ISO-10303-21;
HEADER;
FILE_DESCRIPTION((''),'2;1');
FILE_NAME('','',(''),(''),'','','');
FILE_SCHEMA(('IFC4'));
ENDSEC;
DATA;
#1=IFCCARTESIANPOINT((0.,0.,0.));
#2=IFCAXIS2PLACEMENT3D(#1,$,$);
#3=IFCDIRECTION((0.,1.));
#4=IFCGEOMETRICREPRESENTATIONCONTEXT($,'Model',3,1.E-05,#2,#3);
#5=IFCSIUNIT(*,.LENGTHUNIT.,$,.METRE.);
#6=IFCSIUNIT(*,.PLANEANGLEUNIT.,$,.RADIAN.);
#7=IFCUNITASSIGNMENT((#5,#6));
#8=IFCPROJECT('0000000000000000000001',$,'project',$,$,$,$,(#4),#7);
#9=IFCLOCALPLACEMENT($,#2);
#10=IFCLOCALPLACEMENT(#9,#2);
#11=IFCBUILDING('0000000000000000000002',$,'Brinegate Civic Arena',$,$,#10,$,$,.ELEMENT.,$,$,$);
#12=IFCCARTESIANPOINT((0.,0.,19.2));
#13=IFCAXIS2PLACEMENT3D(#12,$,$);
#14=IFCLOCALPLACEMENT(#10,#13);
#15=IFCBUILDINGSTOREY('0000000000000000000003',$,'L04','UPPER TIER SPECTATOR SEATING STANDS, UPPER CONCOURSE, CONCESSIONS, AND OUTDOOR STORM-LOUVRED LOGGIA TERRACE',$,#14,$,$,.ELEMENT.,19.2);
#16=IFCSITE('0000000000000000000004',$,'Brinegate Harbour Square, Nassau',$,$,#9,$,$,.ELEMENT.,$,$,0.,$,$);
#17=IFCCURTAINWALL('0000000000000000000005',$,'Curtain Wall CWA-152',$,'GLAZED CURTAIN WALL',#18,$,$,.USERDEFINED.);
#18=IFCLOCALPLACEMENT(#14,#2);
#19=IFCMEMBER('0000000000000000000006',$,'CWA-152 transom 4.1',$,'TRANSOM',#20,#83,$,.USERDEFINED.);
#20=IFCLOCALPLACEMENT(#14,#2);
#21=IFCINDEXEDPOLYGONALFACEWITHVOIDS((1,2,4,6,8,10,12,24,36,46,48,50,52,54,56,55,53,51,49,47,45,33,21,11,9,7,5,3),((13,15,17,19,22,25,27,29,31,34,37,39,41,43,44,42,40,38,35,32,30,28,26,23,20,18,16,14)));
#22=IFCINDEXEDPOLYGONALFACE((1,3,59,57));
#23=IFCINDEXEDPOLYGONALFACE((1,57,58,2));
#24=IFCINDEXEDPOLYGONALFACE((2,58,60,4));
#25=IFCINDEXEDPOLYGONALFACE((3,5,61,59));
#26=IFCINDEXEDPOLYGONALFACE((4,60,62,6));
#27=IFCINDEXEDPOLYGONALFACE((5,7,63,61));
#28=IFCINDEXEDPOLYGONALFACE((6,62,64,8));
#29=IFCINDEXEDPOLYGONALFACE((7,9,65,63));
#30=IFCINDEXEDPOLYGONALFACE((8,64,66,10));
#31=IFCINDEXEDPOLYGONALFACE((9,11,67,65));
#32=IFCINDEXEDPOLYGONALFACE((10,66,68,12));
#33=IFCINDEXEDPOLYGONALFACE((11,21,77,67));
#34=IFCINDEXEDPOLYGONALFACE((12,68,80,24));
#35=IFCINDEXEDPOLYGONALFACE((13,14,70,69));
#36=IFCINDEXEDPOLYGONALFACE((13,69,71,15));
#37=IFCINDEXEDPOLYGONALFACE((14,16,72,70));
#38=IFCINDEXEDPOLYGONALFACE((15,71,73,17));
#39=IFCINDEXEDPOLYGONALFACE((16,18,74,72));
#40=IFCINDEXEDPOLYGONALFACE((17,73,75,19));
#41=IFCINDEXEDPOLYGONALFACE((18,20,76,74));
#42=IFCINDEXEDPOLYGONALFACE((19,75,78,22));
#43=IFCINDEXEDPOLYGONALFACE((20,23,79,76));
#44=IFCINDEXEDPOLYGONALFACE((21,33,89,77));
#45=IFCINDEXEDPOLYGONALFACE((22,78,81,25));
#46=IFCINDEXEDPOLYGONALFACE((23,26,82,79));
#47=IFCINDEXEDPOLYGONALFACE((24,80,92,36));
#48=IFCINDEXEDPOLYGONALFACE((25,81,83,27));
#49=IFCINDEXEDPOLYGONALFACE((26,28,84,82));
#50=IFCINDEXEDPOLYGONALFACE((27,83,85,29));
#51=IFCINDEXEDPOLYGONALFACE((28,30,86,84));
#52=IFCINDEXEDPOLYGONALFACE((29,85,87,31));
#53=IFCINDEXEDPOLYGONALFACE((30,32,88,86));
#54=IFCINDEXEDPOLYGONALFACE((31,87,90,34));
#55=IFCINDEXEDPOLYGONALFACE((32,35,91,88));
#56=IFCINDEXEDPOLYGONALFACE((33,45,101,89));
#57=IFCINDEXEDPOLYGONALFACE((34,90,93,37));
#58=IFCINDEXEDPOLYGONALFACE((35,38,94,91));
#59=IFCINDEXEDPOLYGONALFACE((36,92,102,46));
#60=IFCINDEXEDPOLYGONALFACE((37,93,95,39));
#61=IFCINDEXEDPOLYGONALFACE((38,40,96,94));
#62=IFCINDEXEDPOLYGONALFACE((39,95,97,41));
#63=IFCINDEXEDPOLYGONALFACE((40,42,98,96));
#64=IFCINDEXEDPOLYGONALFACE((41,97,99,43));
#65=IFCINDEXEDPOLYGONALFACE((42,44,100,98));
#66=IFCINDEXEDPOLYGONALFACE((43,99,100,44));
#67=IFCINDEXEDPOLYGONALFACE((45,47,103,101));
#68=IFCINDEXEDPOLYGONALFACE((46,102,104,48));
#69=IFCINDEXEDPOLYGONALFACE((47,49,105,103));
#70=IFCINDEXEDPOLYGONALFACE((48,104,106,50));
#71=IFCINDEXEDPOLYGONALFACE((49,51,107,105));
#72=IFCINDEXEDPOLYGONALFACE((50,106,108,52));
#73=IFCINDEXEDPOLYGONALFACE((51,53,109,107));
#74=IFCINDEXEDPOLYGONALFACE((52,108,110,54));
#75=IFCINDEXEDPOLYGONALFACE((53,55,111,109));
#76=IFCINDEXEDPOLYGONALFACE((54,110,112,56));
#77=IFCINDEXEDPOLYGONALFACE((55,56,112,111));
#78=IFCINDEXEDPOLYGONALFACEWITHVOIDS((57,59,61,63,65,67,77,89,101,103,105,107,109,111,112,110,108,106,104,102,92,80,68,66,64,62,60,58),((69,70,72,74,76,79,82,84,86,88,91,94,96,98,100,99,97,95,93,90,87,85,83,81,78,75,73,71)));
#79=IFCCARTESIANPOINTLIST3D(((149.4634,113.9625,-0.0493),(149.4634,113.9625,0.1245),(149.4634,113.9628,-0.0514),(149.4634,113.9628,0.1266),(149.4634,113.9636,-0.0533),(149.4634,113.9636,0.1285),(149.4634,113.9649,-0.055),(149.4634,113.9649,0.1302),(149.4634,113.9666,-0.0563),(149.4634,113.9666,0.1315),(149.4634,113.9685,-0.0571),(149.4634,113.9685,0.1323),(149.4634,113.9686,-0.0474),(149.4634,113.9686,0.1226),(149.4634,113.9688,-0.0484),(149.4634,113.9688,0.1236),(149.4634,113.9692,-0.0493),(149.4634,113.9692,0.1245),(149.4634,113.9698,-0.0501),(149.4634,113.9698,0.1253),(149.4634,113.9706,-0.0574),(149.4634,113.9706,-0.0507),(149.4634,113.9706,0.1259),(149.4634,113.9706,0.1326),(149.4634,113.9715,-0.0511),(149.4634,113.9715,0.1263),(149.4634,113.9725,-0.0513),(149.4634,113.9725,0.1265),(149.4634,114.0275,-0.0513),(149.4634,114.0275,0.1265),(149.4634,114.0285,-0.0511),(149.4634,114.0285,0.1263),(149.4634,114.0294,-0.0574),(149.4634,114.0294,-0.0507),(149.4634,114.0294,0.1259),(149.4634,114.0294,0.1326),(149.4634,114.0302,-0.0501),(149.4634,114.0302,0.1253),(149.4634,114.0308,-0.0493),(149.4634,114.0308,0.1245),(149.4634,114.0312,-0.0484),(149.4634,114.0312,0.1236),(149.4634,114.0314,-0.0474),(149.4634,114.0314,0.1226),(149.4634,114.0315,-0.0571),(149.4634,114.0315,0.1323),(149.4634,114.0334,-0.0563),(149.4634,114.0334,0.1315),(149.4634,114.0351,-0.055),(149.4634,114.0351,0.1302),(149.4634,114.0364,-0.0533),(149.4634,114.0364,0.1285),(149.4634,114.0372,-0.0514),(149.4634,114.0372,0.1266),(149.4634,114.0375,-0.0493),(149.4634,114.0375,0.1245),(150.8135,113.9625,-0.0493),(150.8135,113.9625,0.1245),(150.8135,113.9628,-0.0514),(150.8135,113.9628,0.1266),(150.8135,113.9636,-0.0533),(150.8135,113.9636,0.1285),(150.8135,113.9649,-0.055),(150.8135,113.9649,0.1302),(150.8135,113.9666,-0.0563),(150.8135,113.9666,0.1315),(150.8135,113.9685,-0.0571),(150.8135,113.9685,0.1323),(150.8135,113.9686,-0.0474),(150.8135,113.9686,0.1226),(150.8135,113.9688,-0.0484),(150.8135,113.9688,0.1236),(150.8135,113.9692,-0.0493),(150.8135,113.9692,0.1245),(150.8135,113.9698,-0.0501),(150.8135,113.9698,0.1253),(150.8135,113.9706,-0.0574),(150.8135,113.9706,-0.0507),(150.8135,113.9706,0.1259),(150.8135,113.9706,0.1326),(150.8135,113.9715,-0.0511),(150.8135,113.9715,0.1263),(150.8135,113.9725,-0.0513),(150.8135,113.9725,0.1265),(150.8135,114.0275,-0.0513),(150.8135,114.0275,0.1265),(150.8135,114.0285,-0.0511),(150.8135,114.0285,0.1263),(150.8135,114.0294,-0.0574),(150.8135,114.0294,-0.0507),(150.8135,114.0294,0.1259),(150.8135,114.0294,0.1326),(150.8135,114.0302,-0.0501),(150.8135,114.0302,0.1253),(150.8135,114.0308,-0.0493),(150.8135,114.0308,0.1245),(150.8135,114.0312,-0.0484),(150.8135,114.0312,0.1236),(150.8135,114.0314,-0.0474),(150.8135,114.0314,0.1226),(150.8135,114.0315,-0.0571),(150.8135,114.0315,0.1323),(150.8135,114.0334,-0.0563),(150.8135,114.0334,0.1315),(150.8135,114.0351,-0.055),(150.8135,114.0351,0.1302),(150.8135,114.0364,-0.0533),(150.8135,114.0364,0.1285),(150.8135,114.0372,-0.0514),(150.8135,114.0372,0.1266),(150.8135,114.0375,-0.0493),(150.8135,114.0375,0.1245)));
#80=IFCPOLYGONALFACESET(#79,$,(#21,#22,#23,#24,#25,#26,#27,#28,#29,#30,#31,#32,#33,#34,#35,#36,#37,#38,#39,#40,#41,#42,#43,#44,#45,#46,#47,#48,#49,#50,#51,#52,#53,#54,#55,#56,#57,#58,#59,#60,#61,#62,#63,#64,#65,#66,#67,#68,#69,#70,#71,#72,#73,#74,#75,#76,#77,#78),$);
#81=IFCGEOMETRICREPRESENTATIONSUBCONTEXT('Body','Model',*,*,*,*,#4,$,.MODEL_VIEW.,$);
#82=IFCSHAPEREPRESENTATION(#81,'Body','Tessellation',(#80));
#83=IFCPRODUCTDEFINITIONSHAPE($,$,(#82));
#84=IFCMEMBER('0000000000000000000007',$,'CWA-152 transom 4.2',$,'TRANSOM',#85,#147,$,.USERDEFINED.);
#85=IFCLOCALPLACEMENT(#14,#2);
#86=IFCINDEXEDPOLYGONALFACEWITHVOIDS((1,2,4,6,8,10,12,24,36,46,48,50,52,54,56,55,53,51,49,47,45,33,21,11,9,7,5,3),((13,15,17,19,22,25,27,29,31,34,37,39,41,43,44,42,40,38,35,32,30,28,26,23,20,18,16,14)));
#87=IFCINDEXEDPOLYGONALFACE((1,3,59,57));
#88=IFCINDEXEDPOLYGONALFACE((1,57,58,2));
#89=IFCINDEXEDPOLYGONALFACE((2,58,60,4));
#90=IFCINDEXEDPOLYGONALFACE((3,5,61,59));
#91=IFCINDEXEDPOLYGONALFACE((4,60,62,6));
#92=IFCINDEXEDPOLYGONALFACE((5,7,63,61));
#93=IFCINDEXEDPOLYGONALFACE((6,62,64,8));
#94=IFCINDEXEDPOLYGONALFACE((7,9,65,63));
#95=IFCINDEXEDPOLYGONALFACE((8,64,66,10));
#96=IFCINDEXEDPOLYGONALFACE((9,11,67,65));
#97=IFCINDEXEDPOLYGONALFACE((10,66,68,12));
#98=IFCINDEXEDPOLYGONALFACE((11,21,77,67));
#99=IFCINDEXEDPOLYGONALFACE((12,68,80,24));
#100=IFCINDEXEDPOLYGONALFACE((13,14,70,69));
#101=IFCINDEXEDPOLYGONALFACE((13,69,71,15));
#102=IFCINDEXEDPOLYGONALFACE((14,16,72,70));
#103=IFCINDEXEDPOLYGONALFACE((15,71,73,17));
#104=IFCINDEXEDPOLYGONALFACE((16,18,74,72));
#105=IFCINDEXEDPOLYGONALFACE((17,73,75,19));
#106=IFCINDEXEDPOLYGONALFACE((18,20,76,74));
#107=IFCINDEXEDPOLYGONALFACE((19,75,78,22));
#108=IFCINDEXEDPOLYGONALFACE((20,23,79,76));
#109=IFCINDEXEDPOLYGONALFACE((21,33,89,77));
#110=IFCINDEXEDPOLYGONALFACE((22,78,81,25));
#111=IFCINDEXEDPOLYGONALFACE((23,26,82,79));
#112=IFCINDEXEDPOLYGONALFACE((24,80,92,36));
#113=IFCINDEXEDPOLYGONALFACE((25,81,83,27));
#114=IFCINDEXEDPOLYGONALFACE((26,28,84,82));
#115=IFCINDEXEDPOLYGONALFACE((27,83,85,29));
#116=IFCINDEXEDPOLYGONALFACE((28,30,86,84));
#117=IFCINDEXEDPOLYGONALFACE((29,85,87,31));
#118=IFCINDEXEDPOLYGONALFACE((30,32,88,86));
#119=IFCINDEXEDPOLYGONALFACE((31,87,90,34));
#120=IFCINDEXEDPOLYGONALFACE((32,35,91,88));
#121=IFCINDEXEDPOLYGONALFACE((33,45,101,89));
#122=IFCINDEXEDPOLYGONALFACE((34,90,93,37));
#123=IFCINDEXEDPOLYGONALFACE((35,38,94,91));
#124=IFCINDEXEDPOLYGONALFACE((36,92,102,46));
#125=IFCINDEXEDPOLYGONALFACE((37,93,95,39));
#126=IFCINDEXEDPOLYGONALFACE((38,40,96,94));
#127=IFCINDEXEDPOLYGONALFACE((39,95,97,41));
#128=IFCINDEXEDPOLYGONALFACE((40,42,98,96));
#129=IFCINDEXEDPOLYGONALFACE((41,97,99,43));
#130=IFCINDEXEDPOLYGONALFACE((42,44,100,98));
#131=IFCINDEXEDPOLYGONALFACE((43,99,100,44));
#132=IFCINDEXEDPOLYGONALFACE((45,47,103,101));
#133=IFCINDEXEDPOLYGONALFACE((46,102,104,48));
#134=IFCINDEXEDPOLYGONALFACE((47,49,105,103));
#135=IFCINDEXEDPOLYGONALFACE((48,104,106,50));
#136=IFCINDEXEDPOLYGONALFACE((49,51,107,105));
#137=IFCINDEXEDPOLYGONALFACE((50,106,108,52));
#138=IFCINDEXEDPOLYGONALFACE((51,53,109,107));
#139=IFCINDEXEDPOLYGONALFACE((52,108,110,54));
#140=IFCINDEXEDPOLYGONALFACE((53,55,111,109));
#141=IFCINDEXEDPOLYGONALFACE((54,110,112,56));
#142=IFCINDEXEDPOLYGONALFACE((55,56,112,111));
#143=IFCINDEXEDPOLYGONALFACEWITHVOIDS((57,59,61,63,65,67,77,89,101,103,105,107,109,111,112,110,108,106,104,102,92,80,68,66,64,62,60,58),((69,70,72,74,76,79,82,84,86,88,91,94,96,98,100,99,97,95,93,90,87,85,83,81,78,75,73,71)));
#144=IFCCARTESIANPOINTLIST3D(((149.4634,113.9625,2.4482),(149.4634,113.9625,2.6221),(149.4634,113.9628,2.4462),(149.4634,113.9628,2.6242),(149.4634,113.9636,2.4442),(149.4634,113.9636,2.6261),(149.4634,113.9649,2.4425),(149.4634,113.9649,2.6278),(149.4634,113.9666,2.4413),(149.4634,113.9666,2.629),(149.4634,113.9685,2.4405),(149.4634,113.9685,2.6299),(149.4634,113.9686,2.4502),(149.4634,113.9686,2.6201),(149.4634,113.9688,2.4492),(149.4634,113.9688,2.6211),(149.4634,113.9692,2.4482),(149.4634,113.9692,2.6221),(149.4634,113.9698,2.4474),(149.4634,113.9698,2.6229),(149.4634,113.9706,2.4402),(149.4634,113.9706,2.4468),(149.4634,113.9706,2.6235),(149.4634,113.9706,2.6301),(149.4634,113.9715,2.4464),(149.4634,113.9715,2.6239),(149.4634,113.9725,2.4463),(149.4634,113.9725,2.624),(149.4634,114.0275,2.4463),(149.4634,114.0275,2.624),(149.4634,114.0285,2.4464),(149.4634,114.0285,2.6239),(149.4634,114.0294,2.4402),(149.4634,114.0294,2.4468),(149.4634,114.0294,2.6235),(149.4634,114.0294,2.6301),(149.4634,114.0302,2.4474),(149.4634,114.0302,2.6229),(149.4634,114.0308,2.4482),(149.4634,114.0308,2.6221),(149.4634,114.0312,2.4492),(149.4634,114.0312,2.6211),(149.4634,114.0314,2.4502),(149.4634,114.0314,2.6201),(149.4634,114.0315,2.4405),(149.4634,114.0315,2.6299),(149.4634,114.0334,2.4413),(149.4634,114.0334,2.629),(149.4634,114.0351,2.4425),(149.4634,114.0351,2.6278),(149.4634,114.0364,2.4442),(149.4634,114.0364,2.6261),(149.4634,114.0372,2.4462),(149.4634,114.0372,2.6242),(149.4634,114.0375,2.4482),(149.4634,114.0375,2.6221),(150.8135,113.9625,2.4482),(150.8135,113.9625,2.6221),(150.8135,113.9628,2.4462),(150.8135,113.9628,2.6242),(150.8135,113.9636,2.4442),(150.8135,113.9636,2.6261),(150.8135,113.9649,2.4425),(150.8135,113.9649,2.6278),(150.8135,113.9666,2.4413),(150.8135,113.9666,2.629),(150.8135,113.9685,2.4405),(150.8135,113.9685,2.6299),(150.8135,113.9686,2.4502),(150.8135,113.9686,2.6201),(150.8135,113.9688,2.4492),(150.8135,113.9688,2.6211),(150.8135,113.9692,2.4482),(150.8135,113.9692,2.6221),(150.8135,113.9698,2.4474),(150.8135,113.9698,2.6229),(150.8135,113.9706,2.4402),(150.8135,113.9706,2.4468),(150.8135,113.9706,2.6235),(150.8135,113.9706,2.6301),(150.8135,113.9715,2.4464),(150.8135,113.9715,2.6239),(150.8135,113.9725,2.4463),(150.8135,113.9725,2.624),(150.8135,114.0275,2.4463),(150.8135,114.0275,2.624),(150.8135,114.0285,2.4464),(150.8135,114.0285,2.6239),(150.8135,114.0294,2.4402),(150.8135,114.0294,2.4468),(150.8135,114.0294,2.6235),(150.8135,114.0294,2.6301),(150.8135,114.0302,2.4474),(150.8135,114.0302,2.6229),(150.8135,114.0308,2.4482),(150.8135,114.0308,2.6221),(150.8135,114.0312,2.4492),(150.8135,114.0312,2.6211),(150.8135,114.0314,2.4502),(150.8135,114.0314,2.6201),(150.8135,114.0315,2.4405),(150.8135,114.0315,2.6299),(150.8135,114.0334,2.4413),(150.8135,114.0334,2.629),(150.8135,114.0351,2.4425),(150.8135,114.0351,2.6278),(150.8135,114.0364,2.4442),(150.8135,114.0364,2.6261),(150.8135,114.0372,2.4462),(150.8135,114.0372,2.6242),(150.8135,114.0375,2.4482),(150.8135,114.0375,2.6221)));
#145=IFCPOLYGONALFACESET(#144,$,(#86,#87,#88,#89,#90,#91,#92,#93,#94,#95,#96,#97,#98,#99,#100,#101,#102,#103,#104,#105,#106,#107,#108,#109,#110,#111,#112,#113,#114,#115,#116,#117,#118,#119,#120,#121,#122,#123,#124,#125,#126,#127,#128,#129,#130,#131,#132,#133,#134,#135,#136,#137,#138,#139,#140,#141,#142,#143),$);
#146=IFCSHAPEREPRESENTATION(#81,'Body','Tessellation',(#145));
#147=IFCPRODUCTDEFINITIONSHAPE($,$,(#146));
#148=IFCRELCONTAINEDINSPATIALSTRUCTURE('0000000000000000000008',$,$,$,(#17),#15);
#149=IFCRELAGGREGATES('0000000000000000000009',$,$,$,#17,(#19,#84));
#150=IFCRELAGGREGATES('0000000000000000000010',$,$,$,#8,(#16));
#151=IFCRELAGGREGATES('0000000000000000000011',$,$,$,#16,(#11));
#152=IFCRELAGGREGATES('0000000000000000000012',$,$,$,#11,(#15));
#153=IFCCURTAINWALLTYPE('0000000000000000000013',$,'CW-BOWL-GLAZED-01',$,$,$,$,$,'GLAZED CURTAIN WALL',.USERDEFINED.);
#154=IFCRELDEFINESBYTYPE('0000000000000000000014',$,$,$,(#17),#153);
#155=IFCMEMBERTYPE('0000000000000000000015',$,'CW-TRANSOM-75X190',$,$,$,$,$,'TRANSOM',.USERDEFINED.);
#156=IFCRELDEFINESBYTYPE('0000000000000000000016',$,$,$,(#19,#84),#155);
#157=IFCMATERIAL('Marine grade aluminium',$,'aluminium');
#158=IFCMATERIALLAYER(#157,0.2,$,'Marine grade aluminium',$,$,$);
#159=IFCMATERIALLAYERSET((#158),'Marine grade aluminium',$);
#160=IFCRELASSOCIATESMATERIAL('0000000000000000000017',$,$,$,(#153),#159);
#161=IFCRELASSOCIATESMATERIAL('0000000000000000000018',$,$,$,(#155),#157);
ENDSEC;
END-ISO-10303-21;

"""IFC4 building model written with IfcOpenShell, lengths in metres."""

from ifc_helpers import new_model, si_unit, direction, frame, origin, origin_2d, place, context, subcontext, project, spatial, hollow_rectangle, extrude, material, layer, layer_set, material_profile, profile_set, type_object, element, aggregate, save


model = new_model("IFC4")

# Units and contexts
model_context = context("Model", 3, precision=1e-05, world=origin(), true_north=direction((0.0, 1.0)))
body_context = subcontext(model_context, "Body", "Model", "MODEL_VIEW")
ifc_project = project(units=[si_unit("LENGTHUNIT", "METRE"), si_unit("PLANEANGLEUNIT", "RADIAN")], contexts=[model_context])

# Site, building, storey
site_placement = place(None, origin())
site = spatial("IfcSite", under=ifc_project, at=site_placement, Name="Brinegate Harbour Square, Nassau", CompositionType="ELEMENT", RefElevation=0.0)
building_placement = place(site_placement, origin())
building = spatial("IfcBuilding", under=site, at=building_placement, Name="Brinegate Civic Arena", CompositionType="ELEMENT")
storey_placement = place(building_placement, frame((0.0, 0.0, 19.2)))
storey = spatial("IfcBuildingStorey", under=building, at=storey_placement, Name="L04", Description="UPPER TIER SPECTATOR SEATING STANDS, UPPER CONCOURSE, CONCESSIONS, AND OUTDOOR STORM-LOUVRED LOGGIA TERRACE", CompositionType="ELEMENT", Elevation=19.2)

# Curtain wall
ifc_material_1 = material(Name="Marine grade aluminium", Category="aluminium")
ifc_layer_1 = layer(ifc_material_1, 0.2, Name="Marine grade aluminium")
ifc_layer_set_1 = layer_set([ifc_layer_1], Name="Marine grade aluminium")
curtain_wall_type_1 = type_object("IfcCurtainWallType", Name="CW-BOWL-GLAZED-01", ElementType="GLAZED CURTAIN WALL", PredefinedType="USERDEFINED", material=ifc_layer_set_1)
curtain_wall_1_placement = place(storey_placement, origin())
curtain_wall_1 = element("IfcCurtainWall", 1, at=curtain_wall_1_placement, inside=storey, type_object=curtain_wall_type_1, Name="Curtain Wall CWA-152", ObjectType="GLAZED CURTAIN WALL", PredefinedType="USERDEFINED")
ifc_material_profile_1 = material_profile(ifc_material_1, hollow_rectangle(XDim=0.075, YDim=0.1899, WallThickness=0.0061, InnerFilletRadius=0.0039, OuterFilletRadius=0.0081, at=origin_2d()), Name="TRN75X190")
ifc_profile_set_1 = profile_set([ifc_material_profile_1], Name="Marine grade aluminium")
member_type_1 = type_object("IfcMemberType", Name="CW-TRANSOM-75X190", ElementType="TRANSOM", PredefinedType="USERDEFINED", material=ifc_profile_set_1)

# Members
member_1_placement = place(storey_placement, frame((149.4634, 114.0, 0.0376), z_axis=(1.0, 0.0, 0.0), x_axis=(0.0, 1.0, 0.0)))
member_1 = element("IfcMember", 2, at=member_1_placement, type_object=member_type_1, Name="CWA-152 transom 4.1", ObjectType="TRANSOM", PredefinedType="USERDEFINED", context=body_context, shape_type="SweptSolid", body=[
    extrude(hollow_rectangle(XDim=0.075, YDim=0.1899, WallThickness=0.0061, InnerFilletRadius=0.0039, OuterFilletRadius=0.0081, at=origin_2d()), origin(), (0.0, 0.0, 1.0), 1.3501),
])
member_2_placement = place(storey_placement, frame((149.4634, 114.0, 2.5352), z_axis=(1.0, 0.0, 0.0), x_axis=(0.0, 1.0, 0.0)))
member_2 = element("IfcMember", 3, at=member_2_placement, type_object=member_type_1, Name="CWA-152 transom 4.2", ObjectType="TRANSOM", PredefinedType="USERDEFINED", context=body_context, shape_type="SweptSolid", body=[
    extrude(hollow_rectangle(XDim=0.075, YDim=0.1899, WallThickness=0.0061, InnerFilletRadius=0.0039, OuterFilletRadius=0.0081, at=origin_2d()), origin(), (0.0, 0.0, 1.0), 1.3501),
])

aggregate(curtain_wall_1, [member_1, member_2])

save(model, "model.ifc")
